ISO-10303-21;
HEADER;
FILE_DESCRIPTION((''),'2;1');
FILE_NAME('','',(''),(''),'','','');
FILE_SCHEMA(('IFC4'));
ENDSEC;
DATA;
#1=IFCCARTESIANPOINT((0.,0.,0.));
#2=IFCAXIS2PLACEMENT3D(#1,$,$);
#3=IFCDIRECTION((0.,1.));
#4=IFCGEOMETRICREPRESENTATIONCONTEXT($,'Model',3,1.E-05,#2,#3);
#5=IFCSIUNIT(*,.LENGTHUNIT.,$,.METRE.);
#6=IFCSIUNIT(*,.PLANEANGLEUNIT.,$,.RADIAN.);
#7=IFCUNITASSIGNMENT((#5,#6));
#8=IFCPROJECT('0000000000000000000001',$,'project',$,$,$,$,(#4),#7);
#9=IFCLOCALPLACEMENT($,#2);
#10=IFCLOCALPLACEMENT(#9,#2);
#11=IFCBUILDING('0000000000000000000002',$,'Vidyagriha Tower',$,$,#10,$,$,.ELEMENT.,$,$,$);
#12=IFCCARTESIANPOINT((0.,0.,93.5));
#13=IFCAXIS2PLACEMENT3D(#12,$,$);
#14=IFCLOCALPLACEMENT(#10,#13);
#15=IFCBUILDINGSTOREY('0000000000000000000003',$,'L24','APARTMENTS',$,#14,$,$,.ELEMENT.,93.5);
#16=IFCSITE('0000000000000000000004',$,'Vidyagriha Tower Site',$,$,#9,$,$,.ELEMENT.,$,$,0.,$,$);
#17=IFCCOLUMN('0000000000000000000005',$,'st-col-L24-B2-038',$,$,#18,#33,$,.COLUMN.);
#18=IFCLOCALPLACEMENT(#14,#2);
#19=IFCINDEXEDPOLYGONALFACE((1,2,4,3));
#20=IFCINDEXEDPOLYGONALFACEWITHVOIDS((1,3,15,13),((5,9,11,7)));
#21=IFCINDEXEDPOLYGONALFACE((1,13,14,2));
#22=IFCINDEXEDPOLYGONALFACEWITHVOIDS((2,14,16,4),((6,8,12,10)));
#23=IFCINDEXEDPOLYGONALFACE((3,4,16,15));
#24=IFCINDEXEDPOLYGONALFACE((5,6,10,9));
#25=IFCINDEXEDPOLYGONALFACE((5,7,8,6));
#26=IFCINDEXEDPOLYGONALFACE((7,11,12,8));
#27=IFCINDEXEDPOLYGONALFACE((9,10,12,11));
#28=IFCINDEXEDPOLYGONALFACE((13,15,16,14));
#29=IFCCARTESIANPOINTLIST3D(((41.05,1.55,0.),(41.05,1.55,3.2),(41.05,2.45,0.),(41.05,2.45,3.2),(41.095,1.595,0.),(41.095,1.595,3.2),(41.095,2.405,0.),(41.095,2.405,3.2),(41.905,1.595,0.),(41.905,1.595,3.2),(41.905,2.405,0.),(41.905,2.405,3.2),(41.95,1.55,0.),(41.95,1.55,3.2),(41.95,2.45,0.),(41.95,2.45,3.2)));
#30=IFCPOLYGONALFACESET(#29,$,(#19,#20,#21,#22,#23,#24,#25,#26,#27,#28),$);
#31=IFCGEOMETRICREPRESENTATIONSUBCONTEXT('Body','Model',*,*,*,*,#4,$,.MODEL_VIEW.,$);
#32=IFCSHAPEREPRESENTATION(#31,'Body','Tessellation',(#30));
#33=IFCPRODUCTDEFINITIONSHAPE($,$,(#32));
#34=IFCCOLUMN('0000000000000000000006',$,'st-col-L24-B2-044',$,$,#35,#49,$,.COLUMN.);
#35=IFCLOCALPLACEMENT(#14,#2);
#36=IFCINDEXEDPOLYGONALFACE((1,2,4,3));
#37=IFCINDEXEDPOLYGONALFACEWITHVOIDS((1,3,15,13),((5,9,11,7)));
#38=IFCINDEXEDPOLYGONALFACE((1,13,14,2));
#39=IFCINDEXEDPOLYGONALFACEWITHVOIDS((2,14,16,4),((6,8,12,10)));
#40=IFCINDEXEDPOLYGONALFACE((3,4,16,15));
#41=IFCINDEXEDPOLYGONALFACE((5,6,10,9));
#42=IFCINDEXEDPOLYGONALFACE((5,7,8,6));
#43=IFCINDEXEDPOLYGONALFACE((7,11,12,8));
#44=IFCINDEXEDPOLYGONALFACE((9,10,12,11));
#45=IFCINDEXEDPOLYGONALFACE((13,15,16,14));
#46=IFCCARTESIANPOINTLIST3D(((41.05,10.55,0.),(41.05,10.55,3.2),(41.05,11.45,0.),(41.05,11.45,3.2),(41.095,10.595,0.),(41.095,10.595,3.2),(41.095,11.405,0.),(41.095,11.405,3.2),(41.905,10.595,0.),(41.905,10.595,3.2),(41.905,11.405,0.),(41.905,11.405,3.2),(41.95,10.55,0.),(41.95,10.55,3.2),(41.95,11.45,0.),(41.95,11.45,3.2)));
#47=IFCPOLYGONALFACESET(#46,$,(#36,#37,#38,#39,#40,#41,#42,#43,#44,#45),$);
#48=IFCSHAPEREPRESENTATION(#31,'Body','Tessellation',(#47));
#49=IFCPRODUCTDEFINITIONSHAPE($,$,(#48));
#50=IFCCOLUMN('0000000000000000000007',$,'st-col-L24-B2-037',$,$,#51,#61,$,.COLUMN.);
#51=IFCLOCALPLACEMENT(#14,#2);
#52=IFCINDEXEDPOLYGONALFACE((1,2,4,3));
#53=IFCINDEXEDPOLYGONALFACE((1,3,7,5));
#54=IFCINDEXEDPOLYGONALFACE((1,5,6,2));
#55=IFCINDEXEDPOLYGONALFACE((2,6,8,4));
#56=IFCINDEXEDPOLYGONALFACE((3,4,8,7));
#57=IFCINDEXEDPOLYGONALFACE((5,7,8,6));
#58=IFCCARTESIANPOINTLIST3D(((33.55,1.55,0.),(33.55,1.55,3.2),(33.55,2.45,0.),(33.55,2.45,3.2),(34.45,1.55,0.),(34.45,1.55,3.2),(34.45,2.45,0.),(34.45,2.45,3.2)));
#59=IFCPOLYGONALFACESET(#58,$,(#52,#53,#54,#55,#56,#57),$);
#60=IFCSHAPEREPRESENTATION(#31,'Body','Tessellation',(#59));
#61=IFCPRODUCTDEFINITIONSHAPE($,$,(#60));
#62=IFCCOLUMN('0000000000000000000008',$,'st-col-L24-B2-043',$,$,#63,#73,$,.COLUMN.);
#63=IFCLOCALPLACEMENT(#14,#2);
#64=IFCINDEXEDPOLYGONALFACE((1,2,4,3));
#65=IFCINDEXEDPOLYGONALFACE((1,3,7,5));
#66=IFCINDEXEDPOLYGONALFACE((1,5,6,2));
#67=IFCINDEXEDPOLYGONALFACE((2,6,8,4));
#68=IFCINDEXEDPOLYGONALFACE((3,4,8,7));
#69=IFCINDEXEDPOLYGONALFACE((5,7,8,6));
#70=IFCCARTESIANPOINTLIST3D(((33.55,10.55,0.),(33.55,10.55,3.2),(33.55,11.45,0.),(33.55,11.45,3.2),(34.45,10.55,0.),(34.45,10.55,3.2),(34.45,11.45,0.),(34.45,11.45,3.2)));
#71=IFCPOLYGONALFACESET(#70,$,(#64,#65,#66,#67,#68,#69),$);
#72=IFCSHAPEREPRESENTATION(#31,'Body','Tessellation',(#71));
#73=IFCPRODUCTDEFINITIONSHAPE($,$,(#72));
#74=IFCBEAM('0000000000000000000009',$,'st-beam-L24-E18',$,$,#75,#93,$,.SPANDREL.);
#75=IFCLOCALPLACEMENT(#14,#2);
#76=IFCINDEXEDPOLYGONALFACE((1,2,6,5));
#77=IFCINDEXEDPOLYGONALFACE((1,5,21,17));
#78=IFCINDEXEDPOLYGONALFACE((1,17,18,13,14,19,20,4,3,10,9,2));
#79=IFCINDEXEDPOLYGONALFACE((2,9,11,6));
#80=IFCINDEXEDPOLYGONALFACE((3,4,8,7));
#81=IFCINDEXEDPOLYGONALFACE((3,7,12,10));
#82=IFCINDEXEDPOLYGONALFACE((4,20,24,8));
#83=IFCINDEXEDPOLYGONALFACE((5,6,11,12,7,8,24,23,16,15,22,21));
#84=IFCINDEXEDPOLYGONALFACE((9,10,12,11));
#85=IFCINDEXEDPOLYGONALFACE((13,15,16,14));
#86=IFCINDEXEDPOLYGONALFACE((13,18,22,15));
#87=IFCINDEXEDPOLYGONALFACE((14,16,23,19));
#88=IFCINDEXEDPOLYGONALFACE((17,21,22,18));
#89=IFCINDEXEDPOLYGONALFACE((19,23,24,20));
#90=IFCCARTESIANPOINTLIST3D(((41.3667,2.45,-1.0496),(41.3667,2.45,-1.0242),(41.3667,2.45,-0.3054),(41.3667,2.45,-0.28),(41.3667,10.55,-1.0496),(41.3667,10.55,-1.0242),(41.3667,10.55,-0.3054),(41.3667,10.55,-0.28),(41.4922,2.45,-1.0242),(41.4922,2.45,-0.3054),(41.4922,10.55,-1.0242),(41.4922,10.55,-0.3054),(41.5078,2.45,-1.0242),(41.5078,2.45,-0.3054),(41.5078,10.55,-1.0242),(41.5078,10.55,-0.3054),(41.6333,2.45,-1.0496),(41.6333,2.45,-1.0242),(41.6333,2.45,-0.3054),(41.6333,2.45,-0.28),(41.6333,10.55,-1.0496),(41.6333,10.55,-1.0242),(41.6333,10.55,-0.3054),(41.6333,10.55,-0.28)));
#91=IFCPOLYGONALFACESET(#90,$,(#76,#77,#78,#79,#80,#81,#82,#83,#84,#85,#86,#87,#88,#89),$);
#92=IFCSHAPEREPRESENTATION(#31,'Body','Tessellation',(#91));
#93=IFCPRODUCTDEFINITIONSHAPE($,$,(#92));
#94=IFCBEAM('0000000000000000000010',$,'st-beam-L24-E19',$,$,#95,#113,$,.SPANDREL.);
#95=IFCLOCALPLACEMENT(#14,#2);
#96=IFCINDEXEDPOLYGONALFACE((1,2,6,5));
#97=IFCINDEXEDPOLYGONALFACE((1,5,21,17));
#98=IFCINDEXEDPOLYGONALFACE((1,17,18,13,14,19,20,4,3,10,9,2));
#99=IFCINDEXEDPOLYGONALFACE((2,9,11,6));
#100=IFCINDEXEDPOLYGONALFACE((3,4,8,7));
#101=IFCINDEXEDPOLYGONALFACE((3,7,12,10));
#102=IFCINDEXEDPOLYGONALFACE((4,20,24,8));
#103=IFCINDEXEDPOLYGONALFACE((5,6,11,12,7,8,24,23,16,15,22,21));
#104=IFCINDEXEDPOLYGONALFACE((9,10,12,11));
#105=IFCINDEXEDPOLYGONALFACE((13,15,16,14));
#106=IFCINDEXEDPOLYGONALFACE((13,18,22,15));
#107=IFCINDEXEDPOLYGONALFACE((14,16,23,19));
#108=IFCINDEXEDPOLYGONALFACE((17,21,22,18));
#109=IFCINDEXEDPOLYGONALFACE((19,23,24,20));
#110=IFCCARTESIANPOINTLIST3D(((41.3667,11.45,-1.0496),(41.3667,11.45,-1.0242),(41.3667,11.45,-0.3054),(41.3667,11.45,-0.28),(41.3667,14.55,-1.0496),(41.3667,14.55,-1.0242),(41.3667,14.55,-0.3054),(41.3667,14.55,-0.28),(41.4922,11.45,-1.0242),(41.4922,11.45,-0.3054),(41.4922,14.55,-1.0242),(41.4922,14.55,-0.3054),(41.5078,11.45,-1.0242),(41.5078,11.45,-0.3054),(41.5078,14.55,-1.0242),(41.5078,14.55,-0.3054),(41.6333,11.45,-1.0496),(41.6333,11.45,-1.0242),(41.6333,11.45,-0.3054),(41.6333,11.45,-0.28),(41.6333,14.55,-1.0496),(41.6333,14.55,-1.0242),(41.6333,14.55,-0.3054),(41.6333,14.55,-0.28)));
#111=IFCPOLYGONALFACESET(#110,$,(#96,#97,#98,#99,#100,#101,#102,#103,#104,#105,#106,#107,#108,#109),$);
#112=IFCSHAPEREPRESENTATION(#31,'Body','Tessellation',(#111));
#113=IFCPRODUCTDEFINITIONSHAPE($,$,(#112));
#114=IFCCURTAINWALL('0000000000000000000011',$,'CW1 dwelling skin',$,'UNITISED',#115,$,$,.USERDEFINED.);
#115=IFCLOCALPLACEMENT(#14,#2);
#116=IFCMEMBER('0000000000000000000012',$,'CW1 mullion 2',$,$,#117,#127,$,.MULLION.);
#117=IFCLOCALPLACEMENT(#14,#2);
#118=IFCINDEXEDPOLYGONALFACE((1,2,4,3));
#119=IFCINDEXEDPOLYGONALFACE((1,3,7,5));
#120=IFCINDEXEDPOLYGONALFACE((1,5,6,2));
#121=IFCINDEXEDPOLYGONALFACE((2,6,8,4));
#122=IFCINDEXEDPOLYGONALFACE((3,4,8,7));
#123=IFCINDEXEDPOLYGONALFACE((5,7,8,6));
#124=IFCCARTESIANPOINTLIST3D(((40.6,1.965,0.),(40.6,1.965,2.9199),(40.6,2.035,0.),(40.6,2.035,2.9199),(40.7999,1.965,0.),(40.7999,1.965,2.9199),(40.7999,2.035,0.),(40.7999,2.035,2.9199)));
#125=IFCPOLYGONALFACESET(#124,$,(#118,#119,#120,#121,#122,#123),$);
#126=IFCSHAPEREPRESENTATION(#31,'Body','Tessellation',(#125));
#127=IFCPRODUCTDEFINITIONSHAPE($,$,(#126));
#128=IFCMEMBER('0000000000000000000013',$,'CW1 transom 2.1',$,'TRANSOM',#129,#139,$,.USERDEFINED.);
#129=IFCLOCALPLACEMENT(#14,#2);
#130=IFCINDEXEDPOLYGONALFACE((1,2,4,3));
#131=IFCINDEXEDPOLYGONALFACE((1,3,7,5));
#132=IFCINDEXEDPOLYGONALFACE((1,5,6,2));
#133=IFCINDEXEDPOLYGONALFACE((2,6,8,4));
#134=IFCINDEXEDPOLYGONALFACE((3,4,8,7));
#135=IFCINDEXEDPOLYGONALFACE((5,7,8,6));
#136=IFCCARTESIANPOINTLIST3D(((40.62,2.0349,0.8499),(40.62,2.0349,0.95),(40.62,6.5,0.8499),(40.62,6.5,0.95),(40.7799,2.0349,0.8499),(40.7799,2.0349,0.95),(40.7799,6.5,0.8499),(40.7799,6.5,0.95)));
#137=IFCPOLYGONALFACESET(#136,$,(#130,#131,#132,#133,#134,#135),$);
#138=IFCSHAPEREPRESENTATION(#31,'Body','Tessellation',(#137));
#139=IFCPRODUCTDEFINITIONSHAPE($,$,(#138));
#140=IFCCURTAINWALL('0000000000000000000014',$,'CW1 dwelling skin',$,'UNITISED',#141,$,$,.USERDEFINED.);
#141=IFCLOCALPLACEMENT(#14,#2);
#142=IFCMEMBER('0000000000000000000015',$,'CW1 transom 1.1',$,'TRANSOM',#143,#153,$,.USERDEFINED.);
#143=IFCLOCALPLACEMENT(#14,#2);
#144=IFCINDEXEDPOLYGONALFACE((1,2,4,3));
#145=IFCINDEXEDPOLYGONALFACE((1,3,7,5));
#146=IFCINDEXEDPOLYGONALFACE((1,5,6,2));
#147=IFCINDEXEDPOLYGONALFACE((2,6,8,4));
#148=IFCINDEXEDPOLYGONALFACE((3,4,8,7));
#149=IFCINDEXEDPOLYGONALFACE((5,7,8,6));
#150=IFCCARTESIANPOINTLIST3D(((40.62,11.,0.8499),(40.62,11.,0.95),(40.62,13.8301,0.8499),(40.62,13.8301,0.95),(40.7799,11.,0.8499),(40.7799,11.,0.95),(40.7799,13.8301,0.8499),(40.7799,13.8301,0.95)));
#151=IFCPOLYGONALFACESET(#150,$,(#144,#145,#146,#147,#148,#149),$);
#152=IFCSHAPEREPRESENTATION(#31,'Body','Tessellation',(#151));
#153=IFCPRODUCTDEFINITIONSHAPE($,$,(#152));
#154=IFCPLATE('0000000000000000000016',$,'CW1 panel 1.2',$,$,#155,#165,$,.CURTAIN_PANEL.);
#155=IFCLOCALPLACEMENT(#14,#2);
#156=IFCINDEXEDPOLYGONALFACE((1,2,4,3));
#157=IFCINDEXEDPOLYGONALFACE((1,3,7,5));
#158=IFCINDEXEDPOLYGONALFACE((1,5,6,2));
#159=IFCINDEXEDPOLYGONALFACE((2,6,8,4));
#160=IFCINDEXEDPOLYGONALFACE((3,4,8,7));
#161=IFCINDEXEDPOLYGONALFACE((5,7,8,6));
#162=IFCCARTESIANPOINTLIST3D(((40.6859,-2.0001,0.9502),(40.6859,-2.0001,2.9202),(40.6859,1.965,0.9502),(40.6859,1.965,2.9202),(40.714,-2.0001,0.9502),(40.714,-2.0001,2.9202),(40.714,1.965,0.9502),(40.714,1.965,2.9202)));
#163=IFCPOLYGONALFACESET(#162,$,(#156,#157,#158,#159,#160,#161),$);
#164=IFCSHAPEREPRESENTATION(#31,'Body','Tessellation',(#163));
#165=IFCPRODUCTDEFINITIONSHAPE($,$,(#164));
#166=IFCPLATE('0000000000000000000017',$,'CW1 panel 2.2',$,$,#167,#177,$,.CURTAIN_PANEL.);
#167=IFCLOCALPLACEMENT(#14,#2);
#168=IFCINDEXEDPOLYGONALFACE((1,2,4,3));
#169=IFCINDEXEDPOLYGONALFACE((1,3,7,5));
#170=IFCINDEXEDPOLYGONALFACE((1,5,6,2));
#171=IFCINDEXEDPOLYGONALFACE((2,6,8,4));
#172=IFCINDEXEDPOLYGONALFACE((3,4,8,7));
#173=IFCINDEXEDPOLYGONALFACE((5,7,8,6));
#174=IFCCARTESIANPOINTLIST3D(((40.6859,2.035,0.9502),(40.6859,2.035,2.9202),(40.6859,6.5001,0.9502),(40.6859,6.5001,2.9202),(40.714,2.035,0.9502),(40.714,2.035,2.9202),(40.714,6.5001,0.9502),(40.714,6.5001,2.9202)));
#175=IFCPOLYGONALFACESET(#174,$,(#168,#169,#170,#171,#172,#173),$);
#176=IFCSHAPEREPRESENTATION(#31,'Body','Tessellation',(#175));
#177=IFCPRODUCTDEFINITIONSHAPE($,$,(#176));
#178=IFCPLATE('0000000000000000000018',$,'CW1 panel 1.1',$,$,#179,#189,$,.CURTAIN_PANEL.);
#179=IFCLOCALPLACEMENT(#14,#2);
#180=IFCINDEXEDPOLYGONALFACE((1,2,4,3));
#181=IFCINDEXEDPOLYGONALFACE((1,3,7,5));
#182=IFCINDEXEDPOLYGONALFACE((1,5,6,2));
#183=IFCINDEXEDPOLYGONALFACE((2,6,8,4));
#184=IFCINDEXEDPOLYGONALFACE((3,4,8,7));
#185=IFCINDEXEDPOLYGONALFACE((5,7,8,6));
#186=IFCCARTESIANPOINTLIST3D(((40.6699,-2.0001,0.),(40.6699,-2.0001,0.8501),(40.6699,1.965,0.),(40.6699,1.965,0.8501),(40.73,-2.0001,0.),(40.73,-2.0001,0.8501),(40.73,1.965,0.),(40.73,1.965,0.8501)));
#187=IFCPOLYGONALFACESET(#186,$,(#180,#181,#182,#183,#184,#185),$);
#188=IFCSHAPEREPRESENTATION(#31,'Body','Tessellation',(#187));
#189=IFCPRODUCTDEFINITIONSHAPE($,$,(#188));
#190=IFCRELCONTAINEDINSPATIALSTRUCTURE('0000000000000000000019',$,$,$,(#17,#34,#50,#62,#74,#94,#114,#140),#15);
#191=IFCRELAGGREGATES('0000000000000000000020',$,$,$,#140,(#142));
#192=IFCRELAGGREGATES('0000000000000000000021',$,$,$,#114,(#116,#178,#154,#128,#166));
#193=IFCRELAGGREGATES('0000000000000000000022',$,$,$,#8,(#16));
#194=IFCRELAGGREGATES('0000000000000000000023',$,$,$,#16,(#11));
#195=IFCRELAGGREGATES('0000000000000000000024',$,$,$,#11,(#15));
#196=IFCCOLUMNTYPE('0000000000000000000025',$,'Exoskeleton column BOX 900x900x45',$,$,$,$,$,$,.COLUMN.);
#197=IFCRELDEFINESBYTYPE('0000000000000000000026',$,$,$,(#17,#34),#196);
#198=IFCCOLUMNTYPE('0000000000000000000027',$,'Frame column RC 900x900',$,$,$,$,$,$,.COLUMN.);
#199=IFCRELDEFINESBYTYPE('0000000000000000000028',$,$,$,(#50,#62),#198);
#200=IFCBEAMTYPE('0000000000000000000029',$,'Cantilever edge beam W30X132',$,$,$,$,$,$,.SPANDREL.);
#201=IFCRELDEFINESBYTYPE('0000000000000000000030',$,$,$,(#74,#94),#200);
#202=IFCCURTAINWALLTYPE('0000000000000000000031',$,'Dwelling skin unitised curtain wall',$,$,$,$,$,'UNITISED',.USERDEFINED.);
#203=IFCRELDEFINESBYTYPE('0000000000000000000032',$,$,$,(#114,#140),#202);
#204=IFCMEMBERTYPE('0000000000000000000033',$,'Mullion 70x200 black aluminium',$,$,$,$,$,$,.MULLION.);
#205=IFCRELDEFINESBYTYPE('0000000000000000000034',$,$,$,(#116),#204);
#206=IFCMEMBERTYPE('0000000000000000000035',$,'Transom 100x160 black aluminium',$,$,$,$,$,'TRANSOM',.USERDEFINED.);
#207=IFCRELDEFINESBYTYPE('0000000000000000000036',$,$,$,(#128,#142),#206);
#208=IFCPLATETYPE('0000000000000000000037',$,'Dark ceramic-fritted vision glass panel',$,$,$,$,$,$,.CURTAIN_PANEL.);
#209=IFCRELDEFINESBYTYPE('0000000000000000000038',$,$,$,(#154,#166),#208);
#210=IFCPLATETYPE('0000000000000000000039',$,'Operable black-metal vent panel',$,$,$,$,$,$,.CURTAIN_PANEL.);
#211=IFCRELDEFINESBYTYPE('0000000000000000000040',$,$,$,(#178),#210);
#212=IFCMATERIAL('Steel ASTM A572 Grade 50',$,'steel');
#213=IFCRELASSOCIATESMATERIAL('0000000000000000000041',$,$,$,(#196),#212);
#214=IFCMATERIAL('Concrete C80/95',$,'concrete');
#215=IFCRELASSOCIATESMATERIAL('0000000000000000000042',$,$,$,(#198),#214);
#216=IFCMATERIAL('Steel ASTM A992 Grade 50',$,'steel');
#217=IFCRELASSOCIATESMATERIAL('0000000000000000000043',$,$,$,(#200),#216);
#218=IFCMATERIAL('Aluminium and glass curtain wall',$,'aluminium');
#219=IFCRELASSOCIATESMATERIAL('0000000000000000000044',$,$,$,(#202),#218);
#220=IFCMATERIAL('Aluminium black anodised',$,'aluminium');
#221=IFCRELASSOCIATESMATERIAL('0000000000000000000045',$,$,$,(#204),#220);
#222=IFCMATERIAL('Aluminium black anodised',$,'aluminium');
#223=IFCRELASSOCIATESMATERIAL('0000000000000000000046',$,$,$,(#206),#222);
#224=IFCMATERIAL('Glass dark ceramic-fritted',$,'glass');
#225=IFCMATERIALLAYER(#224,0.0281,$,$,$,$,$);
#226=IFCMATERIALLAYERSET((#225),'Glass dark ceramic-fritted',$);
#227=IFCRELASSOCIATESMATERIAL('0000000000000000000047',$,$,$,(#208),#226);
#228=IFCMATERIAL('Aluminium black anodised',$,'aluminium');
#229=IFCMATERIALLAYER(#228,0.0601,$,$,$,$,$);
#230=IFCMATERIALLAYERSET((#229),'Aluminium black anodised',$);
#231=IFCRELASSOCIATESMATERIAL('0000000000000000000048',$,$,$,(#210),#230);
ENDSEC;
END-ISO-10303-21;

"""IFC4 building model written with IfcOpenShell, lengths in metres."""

from ifc_helpers import new_model, si_unit, direction, frame, origin, origin_2d, place, context, subcontext, project, spatial, rectangle, hollow_rectangle, i_section, extrude, material, layer, layer_set, material_profile, profile_set, type_object, element, aggregate, save


model = new_model("IFC4")

# Units and contexts
model_context = context("Model", 3, precision=1e-05, world=origin(), true_north=direction((0.0, 1.0)))
body_context = subcontext(model_context, "Body", "Model", "MODEL_VIEW")
ifc_project = project(units=[si_unit("LENGTHUNIT", "METRE"), si_unit("PLANEANGLEUNIT", "RADIAN")], contexts=[model_context])

# Site, building, storey
site_placement = place(None, origin())
site = spatial("IfcSite", under=ifc_project, at=site_placement, Name="Vidyagriha Tower Site", CompositionType="ELEMENT", RefElevation=0.0)
building_placement = place(site_placement, origin())
building = spatial("IfcBuilding", under=site, at=building_placement, Name="Vidyagriha Tower", CompositionType="ELEMENT")
storey_placement = place(building_placement, frame((0.0, 0.0, 93.5)))
storey = spatial("IfcBuildingStorey", under=building, at=storey_placement, Name="L24", Description="APARTMENTS", CompositionType="ELEMENT", Elevation=93.5)

# Columns
ifc_material_1 = material(Name="Steel ASTM A572 Grade 50", Category="steel")
ifc_material_profile_1 = material_profile(ifc_material_1, hollow_rectangle(XDim=0.8999, YDim=0.8999, WallThickness=0.0449, at=origin_2d()), Name="BOX 900x900x45")
ifc_profile_set_1 = profile_set([ifc_material_profile_1], Name="Steel ASTM A572 Grade 50")
column_type_1 = type_object("IfcColumnType", Name="Exoskeleton column BOX 900x900x45", PredefinedType="COLUMN", material=ifc_profile_set_1)
for number, where, name in (
    (1, (41.5, 2.0, 0.0), "st-col-L24-B2-038"),
    (2, (41.5, 11.0, 0.0), "st-col-L24-B2-044"),
):
    element("IfcColumn", number, at=place(storey_placement, frame(where)), inside=storey, type_object=column_type_1, Name=name, PredefinedType="COLUMN", context=body_context, shape_type="SweptSolid", body=[
        extrude(hollow_rectangle(XDim=0.8999, YDim=0.8999, WallThickness=0.0449, at=origin_2d()), origin(), (0.0, 0.0, 1.0), 3.2),
    ])
ifc_material_2 = material(Name="Concrete C80/95", Category="concrete")
ifc_material_profile_2 = material_profile(ifc_material_2, rectangle(XDim=0.8999, YDim=0.8999, at=origin_2d()), Name="RC 900x900")
ifc_profile_set_2 = profile_set([ifc_material_profile_2], Name="Concrete C80/95")
column_type_2 = type_object("IfcColumnType", Name="Frame column RC 900x900", PredefinedType="COLUMN", material=ifc_profile_set_2)
for number, where, name in (
    (3, (34.0, 2.0, 0.0), "st-col-L24-B2-037"),
    (4, (34.0, 11.0, 0.0), "st-col-L24-B2-043"),
):
    element("IfcColumn", number, at=place(storey_placement, frame(where)), inside=storey, type_object=column_type_2, Name=name, PredefinedType="COLUMN", context=body_context, shape_type="SweptSolid", body=[
        extrude(rectangle(XDim=0.8999, YDim=0.8999, at=origin_2d()), origin(), (0.0, 0.0, 1.0), 3.2),
    ])

# Beams
ifc_material_3 = material(Name="Steel ASTM A992 Grade 50", Category="steel")
ifc_material_profile_3 = material_profile(ifc_material_3, i_section(OverallWidth=0.2666, OverallDepth=0.7695, WebThickness=0.0156, FlangeThickness=0.0254, at=origin_2d()), Name="W30X132")
ifc_profile_set_3 = profile_set([ifc_material_profile_3], Name="Steel ASTM A992 Grade 50")
beam_type = type_object("IfcBeamType", Name="Cantilever edge beam W30X132", PredefinedType="SPANDREL", material=ifc_profile_set_3)
beam_1_placement = place(storey_placement, frame((41.5, 2.45, -0.6648), z_axis=(0.0, 1.0, 0.0), x_axis=(-1.0, 0.0, 0.0)))
element("IfcBeam", 5, at=beam_1_placement, inside=storey, type_object=beam_type, Name="st-beam-L24-E18", PredefinedType="SPANDREL", context=body_context, shape_type="SweptSolid", body=[
    extrude(i_section(OverallWidth=0.2666, OverallDepth=0.7695, WebThickness=0.0156, FlangeThickness=0.0254, at=origin_2d()), origin(), (0.0, 0.0, 1.0), 8.1001),
])
beam_2_placement = place(storey_placement, frame((41.5, 11.45, -0.6648), z_axis=(0.0, 1.0, 0.0), x_axis=(-1.0, 0.0, 0.0)))
element("IfcBeam", 6, at=beam_2_placement, inside=storey, type_object=beam_type, Name="st-beam-L24-E19", PredefinedType="SPANDREL", context=body_context, shape_type="SweptSolid", body=[
    extrude(i_section(OverallWidth=0.2666, OverallDepth=0.7695, WebThickness=0.0156, FlangeThickness=0.0254, at=origin_2d()), origin(), (0.0, 0.0, 1.0), 3.1001),
])

# Curtain wall, members
ifc_material_4 = material(Name="Aluminium and glass curtain wall", Category="aluminium")
curtain_wall_type = type_object("IfcCurtainWallType", Name="Dwelling skin unitised curtain wall", ElementType="UNITISED", PredefinedType="USERDEFINED", material=ifc_material_4)
curtain_wall_1_placement = place(storey_placement, origin())
curtain_wall_1 = element("IfcCurtainWall", 7, at=curtain_wall_1_placement, inside=storey, type_object=curtain_wall_type, Name="CW1 dwelling skin", ObjectType="UNITISED", PredefinedType="USERDEFINED")
ifc_material_5 = material(Name="Aluminium black anodised", Category="aluminium")
ifc_material_profile_4 = material_profile(ifc_material_5, rectangle(XDim=0.2, YDim=0.0701, at=origin_2d()), Name="Mullion 70x200 black aluminium")
ifc_profile_set_4 = profile_set([ifc_material_profile_4], Name="Aluminium black anodised")
member_type_1 = type_object("IfcMemberType", Name="Mullion 70x200 black aluminium", PredefinedType="MULLION", material=ifc_profile_set_4)
member_1_placement = place(storey_placement, frame((40.7, 2.0, 0.0), z_axis=(0.0, 0.0, 1.0), x_axis=(-1.0, 0.0, 0.0)))
member_1 = element("IfcMember", 8, at=member_1_placement, type_object=member_type_1, Name="CW1 mullion 2", PredefinedType="MULLION", context=body_context, shape_type="SweptSolid", body=[
    extrude(rectangle(XDim=0.2, YDim=0.0701, at=origin_2d()), origin(), (0.0, 0.0, 1.0), 2.9199),
])
ifc_material_6 = material(Name="Aluminium black anodised", Category="aluminium")
ifc_material_profile_5 = material_profile(ifc_material_6, rectangle(XDim=0.1599, YDim=0.1001, at=origin_2d()), Name="Transom 100x160 black aluminium")
ifc_profile_set_5 = profile_set([ifc_material_profile_5], Name="Aluminium black anodised")
member_type_2 = type_object("IfcMemberType", Name="Transom 100x160 black aluminium", ElementType="TRANSOM", PredefinedType="USERDEFINED", material=ifc_profile_set_5)
member_2_placement = place(storey_placement, frame((40.7, 2.0349, 0.8999), z_axis=(0.0, 1.0, 0.0), x_axis=(-1.0, 0.0, 0.0)))
member_2 = element("IfcMember", 9, at=member_2_placement, type_object=member_type_2, Name="CW1 transom 2.1", ObjectType="TRANSOM", PredefinedType="USERDEFINED", context=body_context, shape_type="SweptSolid", body=[
    extrude(rectangle(XDim=0.1599, YDim=0.1001, at=origin_2d()), origin(), (0.0, 0.0, 1.0), 4.4651),
])

# Curtain wall, member
curtain_wall_2_placement = place(storey_placement, origin())
curtain_wall_2 = element("IfcCurtainWall", 10, at=curtain_wall_2_placement, inside=storey, type_object=curtain_wall_type, Name="CW1 dwelling skin", ObjectType="UNITISED", PredefinedType="USERDEFINED")
member_3_placement = place(storey_placement, frame((40.7, 11.0, 0.8999), z_axis=(0.0, 1.0, 0.0), x_axis=(-1.0, 0.0, 0.0)))
member_3 = element("IfcMember", 11, at=member_3_placement, type_object=member_type_2, Name="CW1 transom 1.1", ObjectType="TRANSOM", PredefinedType="USERDEFINED", context=body_context, shape_type="SweptSolid", body=[
    extrude(rectangle(XDim=0.1599, YDim=0.1001, at=origin_2d()), origin(), (0.0, 0.0, 1.0), 2.8301),
])
aggregate(curtain_wall_2, [member_3])

# Plates
ifc_material_7 = material(Name="Glass dark ceramic-fritted", Category="glass")
ifc_layer_1 = layer(ifc_material_7, 0.0281)
ifc_layer_set_1 = layer_set([ifc_layer_1], Name="Glass dark ceramic-fritted")
plate_type_1 = type_object("IfcPlateType", Name="Dark ceramic-fritted vision glass panel", PredefinedType="CURTAIN_PANEL", material=ifc_layer_set_1)
plate_1_placement = place(storey_placement, frame((40.7, -0.0176, 0.9502), z_axis=(0.0, 0.0, 1.0), x_axis=(0.0, 1.0, 0.0)))
plate_1 = element("IfcPlate", 12, at=plate_1_placement, type_object=plate_type_1, Name="CW1 panel 1.2", PredefinedType="CURTAIN_PANEL", context=body_context, shape_type="SweptSolid", body=[
    extrude(rectangle(XDim=3.9651, YDim=0.0281, at=origin_2d()), origin(), (0.0, 0.0, 1.0), 1.97),
])
plate_2_placement = place(storey_placement, frame((40.7, 4.2676, 0.9502), z_axis=(0.0, 0.0, 1.0), x_axis=(0.0, 1.0, 0.0)))
plate_2 = element("IfcPlate", 13, at=plate_2_placement, type_object=plate_type_1, Name="CW1 panel 2.2", PredefinedType="CURTAIN_PANEL", context=body_context, shape_type="SweptSolid", body=[
    extrude(rectangle(XDim=4.4651, YDim=0.0281, at=origin_2d()), origin(), (0.0, 0.0, 1.0), 1.97),
])
ifc_material_8 = material(Name="Aluminium black anodised", Category="aluminium")
ifc_layer_2 = layer(ifc_material_8, 0.0601)
ifc_layer_set_2 = layer_set([ifc_layer_2], Name="Aluminium black anodised")
plate_type_2 = type_object("IfcPlateType", Name="Operable black-metal vent panel", PredefinedType="CURTAIN_PANEL", material=ifc_layer_set_2)
plate_3_placement = place(storey_placement, frame((40.7, -0.0176, 0.0), z_axis=(0.0, 0.0, 1.0), x_axis=(0.0, 1.0, 0.0)))
plate_3 = element("IfcPlate", 14, at=plate_3_placement, type_object=plate_type_2, Name="CW1 panel 1.1", PredefinedType="CURTAIN_PANEL", context=body_context, shape_type="SweptSolid", body=[
    extrude(rectangle(XDim=3.9651, YDim=0.0601, at=origin_2d()), origin(), (0.0, 0.0, 1.0), 0.8501),
])
aggregate(curtain_wall_1, [member_1, plate_3, plate_1, member_2, plate_2])

save(model, "model.ifc")
